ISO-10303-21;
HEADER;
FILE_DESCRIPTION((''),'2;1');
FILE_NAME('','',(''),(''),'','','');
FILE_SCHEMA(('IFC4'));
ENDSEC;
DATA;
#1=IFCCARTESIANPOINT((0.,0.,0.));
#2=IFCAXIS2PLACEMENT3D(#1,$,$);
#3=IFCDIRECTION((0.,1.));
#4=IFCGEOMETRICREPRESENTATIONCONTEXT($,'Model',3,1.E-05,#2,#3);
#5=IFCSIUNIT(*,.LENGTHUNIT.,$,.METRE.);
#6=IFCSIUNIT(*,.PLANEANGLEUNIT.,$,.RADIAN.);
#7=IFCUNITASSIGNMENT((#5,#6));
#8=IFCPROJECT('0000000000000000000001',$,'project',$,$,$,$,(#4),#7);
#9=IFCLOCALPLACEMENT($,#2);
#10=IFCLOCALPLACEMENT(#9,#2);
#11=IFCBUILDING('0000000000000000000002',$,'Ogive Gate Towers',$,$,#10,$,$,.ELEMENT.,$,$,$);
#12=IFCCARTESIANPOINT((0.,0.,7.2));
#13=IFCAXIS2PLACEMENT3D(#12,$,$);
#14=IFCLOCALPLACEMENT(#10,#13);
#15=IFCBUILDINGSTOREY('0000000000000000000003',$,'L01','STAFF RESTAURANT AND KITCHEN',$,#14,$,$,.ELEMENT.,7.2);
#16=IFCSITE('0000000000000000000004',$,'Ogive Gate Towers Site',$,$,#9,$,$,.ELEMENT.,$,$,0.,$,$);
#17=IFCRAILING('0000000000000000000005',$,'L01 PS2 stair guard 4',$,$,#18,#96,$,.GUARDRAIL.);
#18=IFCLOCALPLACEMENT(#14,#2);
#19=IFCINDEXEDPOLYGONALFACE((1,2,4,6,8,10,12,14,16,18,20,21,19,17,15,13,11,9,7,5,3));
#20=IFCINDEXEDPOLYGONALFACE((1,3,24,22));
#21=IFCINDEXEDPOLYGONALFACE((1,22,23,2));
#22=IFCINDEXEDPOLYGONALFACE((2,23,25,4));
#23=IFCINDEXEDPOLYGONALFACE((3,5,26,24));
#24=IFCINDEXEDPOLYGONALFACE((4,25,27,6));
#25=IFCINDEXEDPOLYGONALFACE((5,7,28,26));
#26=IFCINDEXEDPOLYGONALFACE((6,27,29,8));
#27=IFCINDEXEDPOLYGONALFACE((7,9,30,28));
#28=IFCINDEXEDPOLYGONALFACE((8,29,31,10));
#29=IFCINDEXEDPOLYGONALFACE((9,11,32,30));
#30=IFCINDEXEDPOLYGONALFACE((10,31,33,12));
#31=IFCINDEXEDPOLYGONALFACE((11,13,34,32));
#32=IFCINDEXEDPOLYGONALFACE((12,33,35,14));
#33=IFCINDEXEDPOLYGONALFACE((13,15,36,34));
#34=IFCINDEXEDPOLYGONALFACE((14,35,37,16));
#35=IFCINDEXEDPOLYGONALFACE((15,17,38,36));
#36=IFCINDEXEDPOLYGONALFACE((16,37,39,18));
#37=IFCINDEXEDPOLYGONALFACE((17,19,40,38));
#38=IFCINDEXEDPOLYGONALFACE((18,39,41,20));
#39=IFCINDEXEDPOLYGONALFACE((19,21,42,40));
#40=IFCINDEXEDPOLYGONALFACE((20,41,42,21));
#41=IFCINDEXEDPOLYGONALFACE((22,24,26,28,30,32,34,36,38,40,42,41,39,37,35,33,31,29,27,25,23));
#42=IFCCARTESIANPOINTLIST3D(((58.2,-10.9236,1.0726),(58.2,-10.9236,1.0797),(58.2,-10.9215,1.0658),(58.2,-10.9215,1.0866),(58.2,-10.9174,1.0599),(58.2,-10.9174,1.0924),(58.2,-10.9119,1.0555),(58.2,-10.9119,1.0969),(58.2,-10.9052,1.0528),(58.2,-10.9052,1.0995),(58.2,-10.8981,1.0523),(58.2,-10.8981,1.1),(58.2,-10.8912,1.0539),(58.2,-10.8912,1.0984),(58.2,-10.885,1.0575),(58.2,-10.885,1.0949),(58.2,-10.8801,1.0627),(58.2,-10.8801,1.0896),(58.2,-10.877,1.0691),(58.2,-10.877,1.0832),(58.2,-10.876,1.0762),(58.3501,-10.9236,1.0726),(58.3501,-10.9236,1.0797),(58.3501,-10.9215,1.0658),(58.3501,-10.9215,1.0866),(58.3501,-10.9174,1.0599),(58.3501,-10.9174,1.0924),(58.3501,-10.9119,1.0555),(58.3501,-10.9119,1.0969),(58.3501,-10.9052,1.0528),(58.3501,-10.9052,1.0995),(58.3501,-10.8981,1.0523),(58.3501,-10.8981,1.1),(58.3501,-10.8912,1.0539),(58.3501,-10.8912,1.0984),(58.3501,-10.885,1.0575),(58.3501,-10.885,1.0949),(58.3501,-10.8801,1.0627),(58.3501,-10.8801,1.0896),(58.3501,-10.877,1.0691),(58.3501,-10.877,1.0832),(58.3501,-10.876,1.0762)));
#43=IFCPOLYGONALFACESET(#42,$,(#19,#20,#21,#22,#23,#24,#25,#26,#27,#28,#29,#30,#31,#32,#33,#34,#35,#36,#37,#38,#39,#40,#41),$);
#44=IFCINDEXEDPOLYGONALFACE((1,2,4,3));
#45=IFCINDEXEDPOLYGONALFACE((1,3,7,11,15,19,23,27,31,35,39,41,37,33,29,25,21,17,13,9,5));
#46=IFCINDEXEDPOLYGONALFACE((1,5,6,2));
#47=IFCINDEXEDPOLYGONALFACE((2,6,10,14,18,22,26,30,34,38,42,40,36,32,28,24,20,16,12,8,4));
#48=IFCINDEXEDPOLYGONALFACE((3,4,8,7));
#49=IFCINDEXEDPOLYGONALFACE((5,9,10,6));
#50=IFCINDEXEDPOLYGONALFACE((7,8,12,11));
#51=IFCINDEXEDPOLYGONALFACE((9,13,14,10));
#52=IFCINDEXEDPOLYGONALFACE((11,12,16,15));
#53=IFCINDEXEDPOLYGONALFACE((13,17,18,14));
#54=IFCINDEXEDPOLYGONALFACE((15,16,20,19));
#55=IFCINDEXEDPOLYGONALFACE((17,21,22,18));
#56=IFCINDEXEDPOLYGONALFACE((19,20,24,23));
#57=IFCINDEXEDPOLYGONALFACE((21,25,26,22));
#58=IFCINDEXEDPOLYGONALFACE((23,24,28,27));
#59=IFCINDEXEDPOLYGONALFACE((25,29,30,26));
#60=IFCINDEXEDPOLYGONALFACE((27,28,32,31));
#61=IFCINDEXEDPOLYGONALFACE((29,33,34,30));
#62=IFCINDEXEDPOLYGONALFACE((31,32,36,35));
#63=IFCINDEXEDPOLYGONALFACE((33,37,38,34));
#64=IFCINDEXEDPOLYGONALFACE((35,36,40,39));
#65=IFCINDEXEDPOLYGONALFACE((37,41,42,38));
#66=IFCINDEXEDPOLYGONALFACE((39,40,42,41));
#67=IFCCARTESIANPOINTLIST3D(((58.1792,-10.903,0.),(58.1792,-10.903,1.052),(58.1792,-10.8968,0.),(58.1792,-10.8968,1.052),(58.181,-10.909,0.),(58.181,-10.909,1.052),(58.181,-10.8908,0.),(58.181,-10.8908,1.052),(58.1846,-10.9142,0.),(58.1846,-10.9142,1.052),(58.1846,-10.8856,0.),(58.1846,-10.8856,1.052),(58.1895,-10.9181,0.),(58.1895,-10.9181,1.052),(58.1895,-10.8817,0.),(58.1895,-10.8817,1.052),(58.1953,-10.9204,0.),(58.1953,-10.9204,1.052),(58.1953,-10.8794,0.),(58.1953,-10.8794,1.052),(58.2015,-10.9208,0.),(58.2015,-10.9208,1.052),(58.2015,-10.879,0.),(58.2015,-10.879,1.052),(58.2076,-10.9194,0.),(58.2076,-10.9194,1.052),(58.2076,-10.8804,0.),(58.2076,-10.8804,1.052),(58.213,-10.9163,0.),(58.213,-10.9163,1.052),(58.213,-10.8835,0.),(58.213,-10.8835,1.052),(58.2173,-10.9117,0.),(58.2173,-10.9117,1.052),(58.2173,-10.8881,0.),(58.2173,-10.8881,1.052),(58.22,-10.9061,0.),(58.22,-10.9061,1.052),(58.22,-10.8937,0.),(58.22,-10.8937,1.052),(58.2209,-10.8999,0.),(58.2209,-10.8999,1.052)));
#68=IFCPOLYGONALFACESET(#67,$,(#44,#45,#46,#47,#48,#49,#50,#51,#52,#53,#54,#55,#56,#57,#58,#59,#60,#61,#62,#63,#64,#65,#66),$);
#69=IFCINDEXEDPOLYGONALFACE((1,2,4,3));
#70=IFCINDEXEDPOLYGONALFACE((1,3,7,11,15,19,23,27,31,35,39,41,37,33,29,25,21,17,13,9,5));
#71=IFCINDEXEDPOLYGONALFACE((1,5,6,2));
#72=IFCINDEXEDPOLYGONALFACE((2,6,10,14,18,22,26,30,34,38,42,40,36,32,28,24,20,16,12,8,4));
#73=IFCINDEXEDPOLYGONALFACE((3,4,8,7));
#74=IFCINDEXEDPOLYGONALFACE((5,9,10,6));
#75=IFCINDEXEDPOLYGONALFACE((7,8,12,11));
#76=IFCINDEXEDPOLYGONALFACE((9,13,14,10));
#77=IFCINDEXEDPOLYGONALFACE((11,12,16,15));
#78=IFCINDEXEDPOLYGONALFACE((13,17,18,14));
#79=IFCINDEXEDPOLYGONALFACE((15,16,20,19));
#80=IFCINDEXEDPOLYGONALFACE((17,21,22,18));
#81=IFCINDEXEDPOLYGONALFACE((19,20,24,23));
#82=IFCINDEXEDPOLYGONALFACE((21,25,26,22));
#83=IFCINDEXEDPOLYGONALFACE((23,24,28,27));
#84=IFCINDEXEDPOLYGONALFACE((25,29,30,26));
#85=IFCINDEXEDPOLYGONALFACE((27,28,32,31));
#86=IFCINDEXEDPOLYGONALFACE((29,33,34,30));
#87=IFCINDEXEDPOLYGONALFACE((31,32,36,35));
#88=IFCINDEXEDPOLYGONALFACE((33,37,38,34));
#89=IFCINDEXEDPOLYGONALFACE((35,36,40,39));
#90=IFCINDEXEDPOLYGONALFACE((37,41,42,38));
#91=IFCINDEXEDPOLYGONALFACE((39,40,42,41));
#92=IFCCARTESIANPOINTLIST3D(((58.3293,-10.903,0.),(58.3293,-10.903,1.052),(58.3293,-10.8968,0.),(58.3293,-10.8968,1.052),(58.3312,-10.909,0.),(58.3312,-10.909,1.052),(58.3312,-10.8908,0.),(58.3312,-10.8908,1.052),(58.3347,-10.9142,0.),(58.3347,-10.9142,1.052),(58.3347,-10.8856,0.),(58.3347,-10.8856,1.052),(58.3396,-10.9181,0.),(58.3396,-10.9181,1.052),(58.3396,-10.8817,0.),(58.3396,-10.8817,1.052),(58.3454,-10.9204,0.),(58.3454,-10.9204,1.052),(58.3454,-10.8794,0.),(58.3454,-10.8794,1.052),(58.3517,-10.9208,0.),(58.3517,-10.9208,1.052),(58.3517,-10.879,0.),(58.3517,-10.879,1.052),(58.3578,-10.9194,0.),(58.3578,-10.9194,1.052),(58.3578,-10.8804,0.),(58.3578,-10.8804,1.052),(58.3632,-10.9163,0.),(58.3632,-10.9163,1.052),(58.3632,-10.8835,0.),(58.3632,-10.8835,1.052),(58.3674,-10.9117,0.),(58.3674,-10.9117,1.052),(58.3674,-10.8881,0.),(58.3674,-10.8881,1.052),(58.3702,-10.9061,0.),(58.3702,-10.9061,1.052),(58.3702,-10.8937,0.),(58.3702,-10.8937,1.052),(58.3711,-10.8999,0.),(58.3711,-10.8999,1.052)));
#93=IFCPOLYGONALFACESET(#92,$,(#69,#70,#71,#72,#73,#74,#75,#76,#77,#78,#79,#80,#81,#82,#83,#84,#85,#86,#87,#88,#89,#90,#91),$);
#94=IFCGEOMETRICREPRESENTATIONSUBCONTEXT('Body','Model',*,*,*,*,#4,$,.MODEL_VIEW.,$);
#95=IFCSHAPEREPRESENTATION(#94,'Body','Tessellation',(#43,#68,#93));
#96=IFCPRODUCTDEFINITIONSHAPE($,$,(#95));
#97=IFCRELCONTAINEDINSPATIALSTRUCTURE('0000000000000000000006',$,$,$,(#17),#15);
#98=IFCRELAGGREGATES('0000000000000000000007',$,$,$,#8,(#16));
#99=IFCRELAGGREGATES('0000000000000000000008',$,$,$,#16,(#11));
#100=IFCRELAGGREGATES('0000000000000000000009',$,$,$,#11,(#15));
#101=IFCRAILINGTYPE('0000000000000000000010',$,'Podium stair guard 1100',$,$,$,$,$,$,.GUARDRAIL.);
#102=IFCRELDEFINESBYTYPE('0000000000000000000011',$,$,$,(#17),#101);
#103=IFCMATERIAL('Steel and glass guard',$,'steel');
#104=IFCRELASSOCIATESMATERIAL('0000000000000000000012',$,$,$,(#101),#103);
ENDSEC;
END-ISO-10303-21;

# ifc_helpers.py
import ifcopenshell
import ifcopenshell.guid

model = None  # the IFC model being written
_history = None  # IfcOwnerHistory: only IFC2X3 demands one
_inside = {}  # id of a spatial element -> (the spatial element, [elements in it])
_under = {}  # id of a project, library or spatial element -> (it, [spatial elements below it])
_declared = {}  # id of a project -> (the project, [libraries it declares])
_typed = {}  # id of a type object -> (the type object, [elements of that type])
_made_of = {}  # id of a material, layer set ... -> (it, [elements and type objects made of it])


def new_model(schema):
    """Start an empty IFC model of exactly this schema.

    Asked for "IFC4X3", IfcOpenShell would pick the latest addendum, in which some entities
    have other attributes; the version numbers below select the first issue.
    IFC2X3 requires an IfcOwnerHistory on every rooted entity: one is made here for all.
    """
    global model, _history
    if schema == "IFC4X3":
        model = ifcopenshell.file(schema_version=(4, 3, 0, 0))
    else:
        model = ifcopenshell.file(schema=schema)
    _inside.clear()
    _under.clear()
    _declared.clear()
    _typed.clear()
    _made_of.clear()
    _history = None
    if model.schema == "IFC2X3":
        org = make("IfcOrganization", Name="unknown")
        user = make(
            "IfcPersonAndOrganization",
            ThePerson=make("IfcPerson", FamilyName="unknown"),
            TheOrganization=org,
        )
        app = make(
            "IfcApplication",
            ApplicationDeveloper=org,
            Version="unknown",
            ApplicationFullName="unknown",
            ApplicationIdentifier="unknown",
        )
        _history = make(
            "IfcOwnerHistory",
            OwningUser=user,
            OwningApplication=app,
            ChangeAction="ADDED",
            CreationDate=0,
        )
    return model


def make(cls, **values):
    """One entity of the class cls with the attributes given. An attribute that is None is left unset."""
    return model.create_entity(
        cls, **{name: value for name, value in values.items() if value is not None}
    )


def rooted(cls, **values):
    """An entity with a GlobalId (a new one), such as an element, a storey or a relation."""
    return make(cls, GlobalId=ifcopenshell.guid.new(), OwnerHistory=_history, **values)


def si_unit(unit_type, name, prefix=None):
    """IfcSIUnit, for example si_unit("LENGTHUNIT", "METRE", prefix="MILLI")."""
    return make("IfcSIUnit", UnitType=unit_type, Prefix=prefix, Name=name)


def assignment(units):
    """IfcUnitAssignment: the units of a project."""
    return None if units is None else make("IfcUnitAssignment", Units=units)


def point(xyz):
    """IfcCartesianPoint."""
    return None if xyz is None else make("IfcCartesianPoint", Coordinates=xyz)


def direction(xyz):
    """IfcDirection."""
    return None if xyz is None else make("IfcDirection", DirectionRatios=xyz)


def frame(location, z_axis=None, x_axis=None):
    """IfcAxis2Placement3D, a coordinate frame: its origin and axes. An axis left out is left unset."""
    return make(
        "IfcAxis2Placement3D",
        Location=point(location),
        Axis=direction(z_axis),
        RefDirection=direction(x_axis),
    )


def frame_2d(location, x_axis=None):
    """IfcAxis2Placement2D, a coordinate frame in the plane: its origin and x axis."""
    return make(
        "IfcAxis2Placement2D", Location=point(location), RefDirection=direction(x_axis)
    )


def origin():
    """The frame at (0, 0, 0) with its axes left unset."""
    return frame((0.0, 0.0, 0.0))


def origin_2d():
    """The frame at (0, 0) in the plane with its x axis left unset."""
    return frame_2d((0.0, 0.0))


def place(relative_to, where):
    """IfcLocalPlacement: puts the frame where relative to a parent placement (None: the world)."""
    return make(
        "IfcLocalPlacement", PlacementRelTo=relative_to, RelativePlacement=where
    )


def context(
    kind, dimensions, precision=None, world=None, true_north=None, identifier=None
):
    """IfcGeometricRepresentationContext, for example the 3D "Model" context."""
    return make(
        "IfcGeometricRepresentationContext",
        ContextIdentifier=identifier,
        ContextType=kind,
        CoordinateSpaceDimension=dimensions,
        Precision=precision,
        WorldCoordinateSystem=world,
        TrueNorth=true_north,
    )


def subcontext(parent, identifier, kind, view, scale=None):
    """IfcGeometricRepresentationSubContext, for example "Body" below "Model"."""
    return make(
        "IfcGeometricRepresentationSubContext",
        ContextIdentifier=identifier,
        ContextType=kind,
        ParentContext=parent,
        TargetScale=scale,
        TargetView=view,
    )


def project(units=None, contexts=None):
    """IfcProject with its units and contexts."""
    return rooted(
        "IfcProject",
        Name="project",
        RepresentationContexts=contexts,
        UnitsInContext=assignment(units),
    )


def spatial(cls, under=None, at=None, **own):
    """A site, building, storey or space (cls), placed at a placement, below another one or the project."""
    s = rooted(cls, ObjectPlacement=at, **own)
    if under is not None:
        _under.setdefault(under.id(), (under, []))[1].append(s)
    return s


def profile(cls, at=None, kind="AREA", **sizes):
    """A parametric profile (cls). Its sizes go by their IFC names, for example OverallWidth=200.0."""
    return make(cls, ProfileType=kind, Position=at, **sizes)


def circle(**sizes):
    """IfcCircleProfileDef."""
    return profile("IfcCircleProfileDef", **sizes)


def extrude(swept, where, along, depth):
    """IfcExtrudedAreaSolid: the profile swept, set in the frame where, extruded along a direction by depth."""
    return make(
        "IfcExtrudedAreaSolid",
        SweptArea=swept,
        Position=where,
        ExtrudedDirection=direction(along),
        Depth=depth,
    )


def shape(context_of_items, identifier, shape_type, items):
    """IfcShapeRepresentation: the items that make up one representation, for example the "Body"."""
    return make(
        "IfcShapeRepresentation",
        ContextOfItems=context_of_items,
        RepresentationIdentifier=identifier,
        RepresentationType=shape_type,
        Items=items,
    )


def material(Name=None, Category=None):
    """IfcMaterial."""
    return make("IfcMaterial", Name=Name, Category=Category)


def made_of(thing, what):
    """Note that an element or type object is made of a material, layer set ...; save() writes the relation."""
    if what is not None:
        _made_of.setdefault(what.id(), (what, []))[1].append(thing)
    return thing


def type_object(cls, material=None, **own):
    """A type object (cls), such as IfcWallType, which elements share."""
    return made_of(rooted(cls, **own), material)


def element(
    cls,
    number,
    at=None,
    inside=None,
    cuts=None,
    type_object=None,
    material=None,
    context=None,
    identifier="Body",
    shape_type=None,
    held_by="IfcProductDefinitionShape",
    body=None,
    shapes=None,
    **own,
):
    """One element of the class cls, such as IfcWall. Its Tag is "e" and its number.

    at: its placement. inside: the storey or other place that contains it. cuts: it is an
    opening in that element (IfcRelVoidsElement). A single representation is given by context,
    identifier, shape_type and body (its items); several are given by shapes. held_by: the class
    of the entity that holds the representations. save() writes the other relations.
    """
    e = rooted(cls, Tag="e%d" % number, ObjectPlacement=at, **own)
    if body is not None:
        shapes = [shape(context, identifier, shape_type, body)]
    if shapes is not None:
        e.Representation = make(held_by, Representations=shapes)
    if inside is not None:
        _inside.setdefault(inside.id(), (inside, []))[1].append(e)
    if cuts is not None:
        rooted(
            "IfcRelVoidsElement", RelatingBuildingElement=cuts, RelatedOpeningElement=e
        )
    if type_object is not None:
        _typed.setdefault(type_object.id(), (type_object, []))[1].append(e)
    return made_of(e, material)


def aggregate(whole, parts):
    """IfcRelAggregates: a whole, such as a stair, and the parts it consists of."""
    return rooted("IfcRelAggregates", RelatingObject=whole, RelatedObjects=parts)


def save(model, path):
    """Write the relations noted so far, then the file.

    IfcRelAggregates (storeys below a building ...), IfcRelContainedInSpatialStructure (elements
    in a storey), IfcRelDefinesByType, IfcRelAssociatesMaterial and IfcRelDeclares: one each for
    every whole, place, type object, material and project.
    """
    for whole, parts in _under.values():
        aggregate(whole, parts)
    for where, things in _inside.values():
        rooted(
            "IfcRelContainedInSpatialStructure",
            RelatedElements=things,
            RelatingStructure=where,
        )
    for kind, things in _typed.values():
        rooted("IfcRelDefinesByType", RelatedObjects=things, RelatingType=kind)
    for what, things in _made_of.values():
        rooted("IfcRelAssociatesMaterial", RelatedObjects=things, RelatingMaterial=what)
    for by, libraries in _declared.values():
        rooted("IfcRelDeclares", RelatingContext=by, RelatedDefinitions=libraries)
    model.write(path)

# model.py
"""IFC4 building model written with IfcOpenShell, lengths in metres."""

from ifc_helpers import new_model, si_unit, direction, frame, origin, origin_2d, place, context, subcontext, project, spatial, circle, extrude, material, type_object, element, save


model = new_model("IFC4")

# Units and contexts
model_context = context("Model", 3, precision=1e-05, world=origin(), true_north=direction((0.0, 1.0)))
body_context = subcontext(model_context, "Body", "Model", "MODEL_VIEW")
ifc_project = project(units=[si_unit("LENGTHUNIT", "METRE"), si_unit("PLANEANGLEUNIT", "RADIAN")], contexts=[model_context])

# Site, building, storey
site_placement = place(None, origin())
site = spatial("IfcSite", under=ifc_project, at=site_placement, Name="Ogive Gate Towers Site", CompositionType="ELEMENT", RefElevation=0.0)
building_placement = place(site_placement, origin())
building = spatial("IfcBuilding", under=site, at=building_placement, Name="Ogive Gate Towers", CompositionType="ELEMENT")
storey_placement = place(building_placement, frame((0.0, 0.0, 7.2)))
storey = spatial("IfcBuildingStorey", under=building, at=storey_placement, Name="L01", Description="STAFF RESTAURANT AND KITCHEN", CompositionType="ELEMENT", Elevation=7.2)

# Railing
ifc_material_1 = material(Name="Steel and glass guard", Category="steel")
railing_type_1 = type_object("IfcRailingType", Name="Podium stair guard 1100", PredefinedType="GUARDRAIL", material=ifc_material_1)
railing_1_placement = place(storey_placement, frame((58.2, -10.8999, 0.0)))
element("IfcRailing", 1, at=railing_1_placement, inside=storey, type_object=railing_type_1, Name="L01 PS2 stair guard 4", PredefinedType="GUARDRAIL", context=body_context, shape_type="SweptSolid", body=[
    extrude(circle(Radius=0.0239, at=origin_2d()), frame((0.0, 0.0, 1.0762), z_axis=(1.0, 0.0, 0.0), x_axis=(0.0, 1.0, 0.0)), (0.0, 0.0, 1.0), 0.1501),
    extrude(circle(Radius=0.021, at=origin_2d()), origin(), (0.0, 0.0, 1.0), 1.052),
    extrude(circle(Radius=0.021, at=origin_2d()), frame((0.1501, 0.0, 0.0)), (0.0, 0.0, 1.0), 1.052),
])

save(model, "model.ifc")
